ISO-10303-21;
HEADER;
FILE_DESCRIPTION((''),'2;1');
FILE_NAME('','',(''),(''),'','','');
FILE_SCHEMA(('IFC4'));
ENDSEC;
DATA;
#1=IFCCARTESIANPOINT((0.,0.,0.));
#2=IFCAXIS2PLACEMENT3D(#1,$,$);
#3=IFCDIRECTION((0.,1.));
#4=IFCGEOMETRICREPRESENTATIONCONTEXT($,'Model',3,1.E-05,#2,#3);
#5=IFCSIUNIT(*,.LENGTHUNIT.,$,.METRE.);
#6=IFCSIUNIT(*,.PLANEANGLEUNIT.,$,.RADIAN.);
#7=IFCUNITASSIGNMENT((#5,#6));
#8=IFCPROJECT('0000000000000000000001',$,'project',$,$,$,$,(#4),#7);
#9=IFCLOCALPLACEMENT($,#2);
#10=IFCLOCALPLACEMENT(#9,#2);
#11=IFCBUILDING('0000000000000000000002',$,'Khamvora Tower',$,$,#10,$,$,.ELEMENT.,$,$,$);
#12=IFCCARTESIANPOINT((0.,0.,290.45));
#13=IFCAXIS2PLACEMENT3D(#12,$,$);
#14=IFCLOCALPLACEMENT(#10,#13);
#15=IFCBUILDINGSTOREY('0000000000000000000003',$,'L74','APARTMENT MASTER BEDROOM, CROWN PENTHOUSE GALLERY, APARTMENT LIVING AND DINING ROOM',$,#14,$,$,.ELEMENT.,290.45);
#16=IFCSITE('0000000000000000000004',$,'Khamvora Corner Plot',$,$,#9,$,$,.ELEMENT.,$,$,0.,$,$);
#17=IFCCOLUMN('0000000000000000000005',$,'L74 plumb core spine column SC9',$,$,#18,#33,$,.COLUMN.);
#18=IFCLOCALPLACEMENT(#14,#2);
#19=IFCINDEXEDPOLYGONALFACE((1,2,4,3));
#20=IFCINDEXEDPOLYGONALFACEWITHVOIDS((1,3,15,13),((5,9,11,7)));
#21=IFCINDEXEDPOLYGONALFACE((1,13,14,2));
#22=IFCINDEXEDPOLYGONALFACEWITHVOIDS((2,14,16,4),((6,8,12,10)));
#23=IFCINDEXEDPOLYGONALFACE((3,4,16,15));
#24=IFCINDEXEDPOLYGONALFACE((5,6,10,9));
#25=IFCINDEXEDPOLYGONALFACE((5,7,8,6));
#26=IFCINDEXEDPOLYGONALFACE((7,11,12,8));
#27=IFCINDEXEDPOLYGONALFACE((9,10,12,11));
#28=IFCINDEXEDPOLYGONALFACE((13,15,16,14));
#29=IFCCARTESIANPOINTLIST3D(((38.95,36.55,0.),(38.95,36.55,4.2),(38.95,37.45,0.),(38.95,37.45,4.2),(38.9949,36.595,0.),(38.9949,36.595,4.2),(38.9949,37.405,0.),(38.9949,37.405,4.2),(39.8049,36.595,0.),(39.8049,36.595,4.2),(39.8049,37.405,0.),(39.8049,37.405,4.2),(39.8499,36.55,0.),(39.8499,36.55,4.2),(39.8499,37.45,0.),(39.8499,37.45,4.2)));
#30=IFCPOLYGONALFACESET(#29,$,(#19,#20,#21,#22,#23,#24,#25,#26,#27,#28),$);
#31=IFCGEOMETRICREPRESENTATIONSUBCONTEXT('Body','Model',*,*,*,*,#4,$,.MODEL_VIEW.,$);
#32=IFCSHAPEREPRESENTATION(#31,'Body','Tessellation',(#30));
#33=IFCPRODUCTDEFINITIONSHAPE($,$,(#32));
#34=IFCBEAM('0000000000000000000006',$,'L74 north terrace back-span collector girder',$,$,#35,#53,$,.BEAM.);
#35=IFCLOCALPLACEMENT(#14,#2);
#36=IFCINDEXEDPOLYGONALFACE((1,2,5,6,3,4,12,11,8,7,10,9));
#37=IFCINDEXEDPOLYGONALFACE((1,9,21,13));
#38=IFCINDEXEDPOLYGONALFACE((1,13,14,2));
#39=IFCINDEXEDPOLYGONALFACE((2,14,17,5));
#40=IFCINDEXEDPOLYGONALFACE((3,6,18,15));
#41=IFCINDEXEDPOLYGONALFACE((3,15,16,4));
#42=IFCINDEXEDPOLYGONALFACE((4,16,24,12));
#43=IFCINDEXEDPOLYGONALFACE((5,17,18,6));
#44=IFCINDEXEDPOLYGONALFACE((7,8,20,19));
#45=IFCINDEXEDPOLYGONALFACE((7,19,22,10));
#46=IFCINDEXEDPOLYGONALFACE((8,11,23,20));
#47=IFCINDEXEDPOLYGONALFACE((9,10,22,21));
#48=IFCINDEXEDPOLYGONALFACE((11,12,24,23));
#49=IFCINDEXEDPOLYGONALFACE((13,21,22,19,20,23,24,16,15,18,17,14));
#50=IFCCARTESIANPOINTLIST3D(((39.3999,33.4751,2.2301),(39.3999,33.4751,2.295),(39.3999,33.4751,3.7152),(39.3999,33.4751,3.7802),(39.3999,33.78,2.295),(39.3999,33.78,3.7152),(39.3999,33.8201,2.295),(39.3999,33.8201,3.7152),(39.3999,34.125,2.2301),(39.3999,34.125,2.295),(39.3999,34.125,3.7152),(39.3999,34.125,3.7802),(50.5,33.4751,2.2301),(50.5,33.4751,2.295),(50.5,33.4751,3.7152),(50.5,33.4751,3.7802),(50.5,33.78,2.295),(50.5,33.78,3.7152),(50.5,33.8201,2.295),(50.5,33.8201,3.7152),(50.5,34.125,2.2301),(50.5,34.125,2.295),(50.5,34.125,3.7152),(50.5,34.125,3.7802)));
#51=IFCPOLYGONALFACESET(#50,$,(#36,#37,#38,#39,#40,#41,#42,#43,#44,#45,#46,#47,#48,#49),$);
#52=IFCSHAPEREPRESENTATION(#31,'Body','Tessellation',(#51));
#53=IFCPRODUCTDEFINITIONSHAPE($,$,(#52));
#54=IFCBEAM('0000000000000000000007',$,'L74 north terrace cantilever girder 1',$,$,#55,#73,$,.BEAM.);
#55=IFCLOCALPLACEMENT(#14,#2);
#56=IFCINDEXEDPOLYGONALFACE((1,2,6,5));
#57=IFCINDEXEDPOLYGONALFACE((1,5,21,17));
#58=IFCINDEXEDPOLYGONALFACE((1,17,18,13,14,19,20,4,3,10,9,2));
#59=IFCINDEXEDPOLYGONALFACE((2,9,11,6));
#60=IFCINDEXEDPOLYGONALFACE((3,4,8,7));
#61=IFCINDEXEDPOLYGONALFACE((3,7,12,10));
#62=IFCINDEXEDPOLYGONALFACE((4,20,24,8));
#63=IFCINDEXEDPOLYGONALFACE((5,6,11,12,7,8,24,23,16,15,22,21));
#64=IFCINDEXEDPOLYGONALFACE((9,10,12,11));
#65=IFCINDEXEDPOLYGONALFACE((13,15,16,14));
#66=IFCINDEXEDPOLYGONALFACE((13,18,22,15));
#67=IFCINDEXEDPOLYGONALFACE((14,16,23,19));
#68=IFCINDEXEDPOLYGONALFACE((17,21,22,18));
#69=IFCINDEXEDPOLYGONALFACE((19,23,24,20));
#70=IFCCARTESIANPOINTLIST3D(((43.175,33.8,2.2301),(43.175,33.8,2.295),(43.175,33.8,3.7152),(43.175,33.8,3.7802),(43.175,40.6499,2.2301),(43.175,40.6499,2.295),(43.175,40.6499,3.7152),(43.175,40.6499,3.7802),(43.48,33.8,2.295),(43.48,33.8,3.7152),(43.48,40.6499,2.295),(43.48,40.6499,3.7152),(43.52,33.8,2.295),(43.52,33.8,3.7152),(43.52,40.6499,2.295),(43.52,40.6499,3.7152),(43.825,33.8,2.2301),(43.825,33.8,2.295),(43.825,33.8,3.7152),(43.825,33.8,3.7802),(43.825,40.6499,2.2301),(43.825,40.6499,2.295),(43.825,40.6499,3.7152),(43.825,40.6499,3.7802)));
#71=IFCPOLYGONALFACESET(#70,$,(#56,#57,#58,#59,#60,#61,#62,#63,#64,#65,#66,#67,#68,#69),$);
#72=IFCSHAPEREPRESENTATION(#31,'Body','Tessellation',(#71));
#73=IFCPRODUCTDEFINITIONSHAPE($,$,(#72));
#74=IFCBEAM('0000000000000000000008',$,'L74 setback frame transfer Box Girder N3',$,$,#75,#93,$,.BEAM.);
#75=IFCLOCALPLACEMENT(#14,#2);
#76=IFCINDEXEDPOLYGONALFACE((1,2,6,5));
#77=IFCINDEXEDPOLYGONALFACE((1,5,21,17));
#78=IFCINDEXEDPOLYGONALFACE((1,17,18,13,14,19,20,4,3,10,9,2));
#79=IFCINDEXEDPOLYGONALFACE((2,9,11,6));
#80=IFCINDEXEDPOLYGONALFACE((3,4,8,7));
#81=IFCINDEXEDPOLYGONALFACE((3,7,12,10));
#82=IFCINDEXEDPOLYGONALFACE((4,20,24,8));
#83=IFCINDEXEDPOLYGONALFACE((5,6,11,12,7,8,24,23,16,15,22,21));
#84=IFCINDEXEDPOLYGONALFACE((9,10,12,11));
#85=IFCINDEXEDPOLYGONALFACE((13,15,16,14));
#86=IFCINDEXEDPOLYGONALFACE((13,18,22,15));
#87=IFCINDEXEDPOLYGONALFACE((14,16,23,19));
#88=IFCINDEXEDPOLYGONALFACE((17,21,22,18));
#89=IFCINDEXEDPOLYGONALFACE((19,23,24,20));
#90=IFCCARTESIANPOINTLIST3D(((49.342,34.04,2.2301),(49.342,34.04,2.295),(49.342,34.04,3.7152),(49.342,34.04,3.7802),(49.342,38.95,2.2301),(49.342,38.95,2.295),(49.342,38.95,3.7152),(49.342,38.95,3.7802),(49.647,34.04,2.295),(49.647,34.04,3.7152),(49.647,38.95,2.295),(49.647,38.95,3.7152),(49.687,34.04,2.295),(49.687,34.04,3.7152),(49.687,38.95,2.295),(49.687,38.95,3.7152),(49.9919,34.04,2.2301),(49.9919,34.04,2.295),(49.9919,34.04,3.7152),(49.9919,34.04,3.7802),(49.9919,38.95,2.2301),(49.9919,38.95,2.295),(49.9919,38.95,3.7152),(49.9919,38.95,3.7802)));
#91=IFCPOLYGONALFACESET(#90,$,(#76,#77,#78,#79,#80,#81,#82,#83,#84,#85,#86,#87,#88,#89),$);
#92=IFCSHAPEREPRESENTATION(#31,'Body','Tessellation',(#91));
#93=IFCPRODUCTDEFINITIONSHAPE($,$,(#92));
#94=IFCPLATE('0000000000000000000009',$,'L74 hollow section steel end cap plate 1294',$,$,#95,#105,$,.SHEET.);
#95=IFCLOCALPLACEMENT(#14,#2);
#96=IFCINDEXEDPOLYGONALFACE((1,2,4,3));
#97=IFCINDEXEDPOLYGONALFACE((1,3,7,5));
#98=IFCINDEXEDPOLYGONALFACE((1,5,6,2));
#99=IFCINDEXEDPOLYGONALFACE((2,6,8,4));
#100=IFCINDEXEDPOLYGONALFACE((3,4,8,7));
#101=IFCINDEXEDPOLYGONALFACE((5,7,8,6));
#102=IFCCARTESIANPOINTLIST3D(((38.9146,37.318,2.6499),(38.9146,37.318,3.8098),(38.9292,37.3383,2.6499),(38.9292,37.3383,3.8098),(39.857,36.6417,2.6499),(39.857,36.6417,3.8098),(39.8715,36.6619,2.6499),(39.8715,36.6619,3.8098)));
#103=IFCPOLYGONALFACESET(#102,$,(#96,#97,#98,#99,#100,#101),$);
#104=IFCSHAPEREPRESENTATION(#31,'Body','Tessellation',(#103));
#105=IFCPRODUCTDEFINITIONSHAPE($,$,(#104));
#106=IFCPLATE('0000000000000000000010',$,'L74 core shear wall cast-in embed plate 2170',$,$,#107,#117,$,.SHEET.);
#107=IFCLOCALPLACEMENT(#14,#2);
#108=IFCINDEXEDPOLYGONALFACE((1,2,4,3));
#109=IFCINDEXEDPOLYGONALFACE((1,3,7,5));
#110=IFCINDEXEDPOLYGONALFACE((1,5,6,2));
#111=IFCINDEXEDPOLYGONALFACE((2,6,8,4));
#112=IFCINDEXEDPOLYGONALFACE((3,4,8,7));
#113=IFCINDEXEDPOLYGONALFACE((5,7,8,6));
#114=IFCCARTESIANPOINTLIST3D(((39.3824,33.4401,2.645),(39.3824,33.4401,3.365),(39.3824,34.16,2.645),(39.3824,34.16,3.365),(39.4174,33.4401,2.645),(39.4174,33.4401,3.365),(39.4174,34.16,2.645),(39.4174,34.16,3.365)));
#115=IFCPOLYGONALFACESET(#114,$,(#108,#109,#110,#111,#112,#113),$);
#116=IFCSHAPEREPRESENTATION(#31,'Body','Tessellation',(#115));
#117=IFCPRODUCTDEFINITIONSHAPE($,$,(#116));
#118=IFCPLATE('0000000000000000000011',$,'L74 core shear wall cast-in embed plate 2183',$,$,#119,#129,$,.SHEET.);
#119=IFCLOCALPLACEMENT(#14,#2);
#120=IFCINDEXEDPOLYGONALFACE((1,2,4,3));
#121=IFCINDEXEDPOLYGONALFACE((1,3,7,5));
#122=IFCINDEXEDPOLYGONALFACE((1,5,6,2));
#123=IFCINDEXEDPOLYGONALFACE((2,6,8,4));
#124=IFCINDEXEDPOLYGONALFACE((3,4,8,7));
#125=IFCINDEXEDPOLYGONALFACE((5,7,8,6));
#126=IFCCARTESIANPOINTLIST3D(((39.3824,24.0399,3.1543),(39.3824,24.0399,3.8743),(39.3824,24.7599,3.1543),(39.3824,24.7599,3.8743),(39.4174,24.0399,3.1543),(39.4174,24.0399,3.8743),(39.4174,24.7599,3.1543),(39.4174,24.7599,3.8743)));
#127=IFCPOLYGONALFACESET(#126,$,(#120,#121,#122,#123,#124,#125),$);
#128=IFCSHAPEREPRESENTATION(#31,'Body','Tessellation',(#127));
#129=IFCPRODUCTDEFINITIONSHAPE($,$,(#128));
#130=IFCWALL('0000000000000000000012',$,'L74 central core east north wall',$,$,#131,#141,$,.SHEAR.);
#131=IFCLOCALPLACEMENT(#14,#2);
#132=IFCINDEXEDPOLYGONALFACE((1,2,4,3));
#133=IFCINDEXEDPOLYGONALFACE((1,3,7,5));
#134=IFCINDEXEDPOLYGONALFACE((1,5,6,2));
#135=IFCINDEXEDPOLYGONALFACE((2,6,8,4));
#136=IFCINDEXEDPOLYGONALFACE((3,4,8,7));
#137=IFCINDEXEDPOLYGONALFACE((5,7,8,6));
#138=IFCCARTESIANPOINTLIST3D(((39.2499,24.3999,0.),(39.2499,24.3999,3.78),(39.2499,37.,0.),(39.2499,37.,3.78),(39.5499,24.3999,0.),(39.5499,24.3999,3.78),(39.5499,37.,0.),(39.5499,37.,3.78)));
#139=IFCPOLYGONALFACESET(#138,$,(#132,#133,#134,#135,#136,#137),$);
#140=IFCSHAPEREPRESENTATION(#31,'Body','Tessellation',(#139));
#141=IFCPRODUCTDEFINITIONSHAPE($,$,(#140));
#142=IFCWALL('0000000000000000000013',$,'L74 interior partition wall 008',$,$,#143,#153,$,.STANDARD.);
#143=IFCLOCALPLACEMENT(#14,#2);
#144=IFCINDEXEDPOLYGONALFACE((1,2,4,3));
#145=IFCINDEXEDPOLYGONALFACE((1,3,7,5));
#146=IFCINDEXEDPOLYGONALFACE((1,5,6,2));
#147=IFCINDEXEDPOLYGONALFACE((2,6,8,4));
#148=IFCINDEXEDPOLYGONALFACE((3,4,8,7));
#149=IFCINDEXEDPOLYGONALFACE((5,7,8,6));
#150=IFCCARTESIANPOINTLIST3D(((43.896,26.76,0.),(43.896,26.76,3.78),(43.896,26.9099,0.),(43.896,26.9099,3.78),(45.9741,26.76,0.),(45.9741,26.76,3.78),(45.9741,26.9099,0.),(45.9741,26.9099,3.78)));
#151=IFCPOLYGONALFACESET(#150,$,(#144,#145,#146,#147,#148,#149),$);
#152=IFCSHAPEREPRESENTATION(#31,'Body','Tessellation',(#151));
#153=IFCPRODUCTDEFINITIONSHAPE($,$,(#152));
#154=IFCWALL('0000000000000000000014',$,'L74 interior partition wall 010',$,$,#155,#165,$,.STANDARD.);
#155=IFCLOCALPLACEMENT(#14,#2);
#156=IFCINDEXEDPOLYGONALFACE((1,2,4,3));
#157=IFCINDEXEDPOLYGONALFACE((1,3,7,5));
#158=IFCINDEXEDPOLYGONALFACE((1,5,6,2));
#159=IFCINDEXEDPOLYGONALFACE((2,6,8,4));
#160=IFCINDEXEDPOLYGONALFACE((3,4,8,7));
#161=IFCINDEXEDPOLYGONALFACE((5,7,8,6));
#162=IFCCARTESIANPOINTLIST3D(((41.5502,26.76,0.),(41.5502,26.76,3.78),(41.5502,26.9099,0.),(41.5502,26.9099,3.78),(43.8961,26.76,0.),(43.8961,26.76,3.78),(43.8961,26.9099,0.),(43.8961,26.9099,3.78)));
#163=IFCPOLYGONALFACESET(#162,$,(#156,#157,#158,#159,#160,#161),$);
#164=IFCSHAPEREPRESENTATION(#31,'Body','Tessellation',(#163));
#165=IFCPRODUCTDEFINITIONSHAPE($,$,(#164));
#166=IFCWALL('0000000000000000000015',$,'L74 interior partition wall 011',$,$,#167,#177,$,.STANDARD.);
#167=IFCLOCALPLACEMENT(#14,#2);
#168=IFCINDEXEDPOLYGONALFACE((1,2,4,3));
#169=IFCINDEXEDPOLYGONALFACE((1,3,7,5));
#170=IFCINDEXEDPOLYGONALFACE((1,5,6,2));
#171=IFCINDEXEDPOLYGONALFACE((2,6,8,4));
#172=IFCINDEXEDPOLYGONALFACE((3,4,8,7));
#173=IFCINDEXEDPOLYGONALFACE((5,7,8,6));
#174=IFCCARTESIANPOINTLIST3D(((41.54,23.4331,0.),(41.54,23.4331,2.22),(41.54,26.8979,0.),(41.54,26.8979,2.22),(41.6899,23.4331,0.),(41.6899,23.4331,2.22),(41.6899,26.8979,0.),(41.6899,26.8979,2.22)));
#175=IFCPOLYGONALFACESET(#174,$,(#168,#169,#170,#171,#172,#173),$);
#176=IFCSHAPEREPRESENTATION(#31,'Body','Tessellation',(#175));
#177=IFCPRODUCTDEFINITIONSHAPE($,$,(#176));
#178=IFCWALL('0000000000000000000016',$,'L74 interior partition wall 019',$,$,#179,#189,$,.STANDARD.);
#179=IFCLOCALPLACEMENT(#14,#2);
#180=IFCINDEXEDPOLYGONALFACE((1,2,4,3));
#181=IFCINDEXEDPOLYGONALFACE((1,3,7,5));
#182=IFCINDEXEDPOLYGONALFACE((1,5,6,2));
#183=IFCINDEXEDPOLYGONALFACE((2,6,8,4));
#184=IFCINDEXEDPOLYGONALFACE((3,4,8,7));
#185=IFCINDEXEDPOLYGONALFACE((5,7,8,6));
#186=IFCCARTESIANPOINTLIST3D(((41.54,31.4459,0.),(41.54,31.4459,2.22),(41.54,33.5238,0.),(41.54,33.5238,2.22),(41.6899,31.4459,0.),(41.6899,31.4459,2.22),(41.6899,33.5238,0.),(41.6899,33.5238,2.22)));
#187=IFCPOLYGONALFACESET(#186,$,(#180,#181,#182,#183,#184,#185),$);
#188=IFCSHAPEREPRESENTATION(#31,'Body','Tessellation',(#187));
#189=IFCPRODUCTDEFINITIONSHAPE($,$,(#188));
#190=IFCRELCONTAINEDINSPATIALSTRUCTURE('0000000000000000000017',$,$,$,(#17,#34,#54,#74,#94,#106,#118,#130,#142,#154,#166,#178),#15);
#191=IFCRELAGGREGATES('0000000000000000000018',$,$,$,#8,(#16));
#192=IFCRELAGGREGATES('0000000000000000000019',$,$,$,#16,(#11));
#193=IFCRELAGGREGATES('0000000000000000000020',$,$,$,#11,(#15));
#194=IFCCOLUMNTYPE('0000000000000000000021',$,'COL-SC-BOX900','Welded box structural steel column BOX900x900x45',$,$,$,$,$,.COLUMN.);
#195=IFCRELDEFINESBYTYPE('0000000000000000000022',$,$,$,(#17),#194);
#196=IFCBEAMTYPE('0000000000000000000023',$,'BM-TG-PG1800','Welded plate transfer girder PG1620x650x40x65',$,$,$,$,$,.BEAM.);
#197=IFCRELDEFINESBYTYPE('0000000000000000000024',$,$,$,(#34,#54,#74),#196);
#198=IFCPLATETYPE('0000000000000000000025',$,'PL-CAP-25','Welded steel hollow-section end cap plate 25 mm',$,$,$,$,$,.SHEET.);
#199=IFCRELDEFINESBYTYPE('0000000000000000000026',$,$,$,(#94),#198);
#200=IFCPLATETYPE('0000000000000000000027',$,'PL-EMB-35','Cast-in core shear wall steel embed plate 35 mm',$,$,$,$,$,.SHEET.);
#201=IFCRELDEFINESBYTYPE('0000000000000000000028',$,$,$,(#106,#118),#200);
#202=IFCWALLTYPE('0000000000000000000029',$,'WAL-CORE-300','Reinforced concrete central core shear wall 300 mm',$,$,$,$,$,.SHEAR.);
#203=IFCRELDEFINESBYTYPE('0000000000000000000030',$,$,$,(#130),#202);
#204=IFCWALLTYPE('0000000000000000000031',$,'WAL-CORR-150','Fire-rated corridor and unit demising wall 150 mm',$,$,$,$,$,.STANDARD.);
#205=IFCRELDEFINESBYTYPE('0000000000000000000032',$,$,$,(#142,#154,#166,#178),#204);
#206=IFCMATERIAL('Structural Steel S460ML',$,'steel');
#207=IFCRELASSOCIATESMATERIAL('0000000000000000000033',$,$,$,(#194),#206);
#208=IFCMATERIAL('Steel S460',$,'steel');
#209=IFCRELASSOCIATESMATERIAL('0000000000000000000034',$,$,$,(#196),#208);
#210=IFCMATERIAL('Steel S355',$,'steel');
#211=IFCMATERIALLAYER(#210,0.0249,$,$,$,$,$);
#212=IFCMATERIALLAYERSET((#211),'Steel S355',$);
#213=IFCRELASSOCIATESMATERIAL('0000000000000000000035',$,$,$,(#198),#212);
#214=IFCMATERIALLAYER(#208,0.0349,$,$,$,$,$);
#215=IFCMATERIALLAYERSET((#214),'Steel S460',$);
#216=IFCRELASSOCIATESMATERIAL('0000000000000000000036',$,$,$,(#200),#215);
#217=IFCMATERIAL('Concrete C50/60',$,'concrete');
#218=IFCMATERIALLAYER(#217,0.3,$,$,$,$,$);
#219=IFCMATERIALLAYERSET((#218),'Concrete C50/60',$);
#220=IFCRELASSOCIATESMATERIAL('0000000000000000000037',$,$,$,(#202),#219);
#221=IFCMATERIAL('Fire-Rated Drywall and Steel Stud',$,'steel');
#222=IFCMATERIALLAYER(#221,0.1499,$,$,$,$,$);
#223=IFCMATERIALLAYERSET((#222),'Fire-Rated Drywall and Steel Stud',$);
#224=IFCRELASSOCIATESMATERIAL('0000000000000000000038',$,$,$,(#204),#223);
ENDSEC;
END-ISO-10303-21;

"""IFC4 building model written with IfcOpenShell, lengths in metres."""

from ifc_helpers import new_model, si_unit, direction, frame, frame_2d, origin, origin_2d, place, context, subcontext, project, spatial, rectangle, hollow_rectangle, i_section, extrude, material, layer, layer_set, material_profile, profile_set, type_object, element, save


model = new_model("IFC4")

# Units and contexts
model_context = context("Model", 3, precision=1e-05, world=origin(), true_north=direction((0.0, 1.0)))
body_context = subcontext(model_context, "Body", "Model", "MODEL_VIEW")
ifc_project = project(units=[si_unit("LENGTHUNIT", "METRE"), si_unit("PLANEANGLEUNIT", "RADIAN")], contexts=[model_context])

# Site, building, storey
site_placement = place(None, origin())
site = spatial("IfcSite", under=ifc_project, at=site_placement, Name="Khamvora Corner Plot", CompositionType="ELEMENT", RefElevation=0.0)
building_placement = place(site_placement, origin())
building = spatial("IfcBuilding", under=site, at=building_placement, Name="Khamvora Tower", CompositionType="ELEMENT")
storey_placement = place(building_placement, frame((0.0, 0.0, 290.45)))
storey = spatial("IfcBuildingStorey", under=building, at=storey_placement, Name="L74", Description="APARTMENT MASTER BEDROOM, CROWN PENTHOUSE GALLERY, APARTMENT LIVING AND DINING ROOM", CompositionType="ELEMENT", Elevation=290.45)

# Column
ifc_material_1 = material(Name="Structural Steel S460ML", Category="steel")
ifc_material_profile_1 = material_profile(ifc_material_1, hollow_rectangle(XDim=0.8999, YDim=0.8999, WallThickness=0.0449, at=origin_2d()), Name="BOX900x900x45")
ifc_profile_set_1 = profile_set([ifc_material_profile_1], Name="Structural Steel S460ML")
column_type = type_object("IfcColumnType", Name="COL-SC-BOX900", Description="Welded box structural steel column BOX900x900x45", PredefinedType="COLUMN", material=ifc_profile_set_1)
column_placement = place(storey_placement, frame((39.3999, 37.0, 0.0), z_axis=(0.0, 0.0, 1.0), x_axis=(1.0, 0.0, 0.0)))
element("IfcColumn", 1, at=column_placement, inside=storey, type_object=column_type, Name="L74 plumb core spine column SC9", PredefinedType="COLUMN", context=body_context, shape_type="SweptSolid", body=[
    extrude(hollow_rectangle(XDim=0.8999, YDim=0.8999, WallThickness=0.0449, at=origin_2d()), origin(), (0.0, 0.0, 1.0), 4.2),
])

# Beams
ifc_material_2 = material(Name="Steel S460", Category="steel")
ifc_material_profile_2 = material_profile(ifc_material_2, i_section(OverallWidth=0.6499, OverallDepth=1.55, WebThickness=0.04, FlangeThickness=0.0649, at=origin_2d()), Name="PG1550x650x40x65")
ifc_profile_set_2 = profile_set([ifc_material_profile_2], Name="Steel S460")
beam_type = type_object("IfcBeamType", Name="BM-TG-PG1800", Description="Welded plate transfer girder PG1620x650x40x65", PredefinedType="BEAM", material=ifc_profile_set_2)
beam_1_placement = place(storey_placement, frame((39.3999, 33.8, 3.0051), z_axis=(1.0, 0.0, 0.0), x_axis=(0.0, 1.0, 0.0)))
element("IfcBeam", 2, at=beam_1_placement, inside=storey, type_object=beam_type, Name="L74 north terrace back-span collector girder", PredefinedType="BEAM", context=body_context, shape_type="SweptSolid", body=[
    extrude(i_section(OverallWidth=0.6499, OverallDepth=1.55, WebThickness=0.04, FlangeThickness=0.0649, at=origin_2d()), origin(), (0.0, 0.0, 1.0), 11.1001),
])
beam_2_placement = place(storey_placement, frame((43.5, 33.8, 3.0051), z_axis=(0.0, 1.0, 0.0), x_axis=(-1.0, 0.0, 0.0)))
element("IfcBeam", 3, at=beam_2_placement, inside=storey, type_object=beam_type, Name="L74 north terrace cantilever girder 1", PredefinedType="BEAM", context=body_context, shape_type="SweptSolid", body=[
    extrude(i_section(OverallWidth=0.6499, OverallDepth=1.55, WebThickness=0.04, FlangeThickness=0.0649, at=origin_2d()), origin(), (0.0, 0.0, 1.0), 6.8499),
])
beam_3_placement = place(storey_placement, frame((49.667, 34.04, 3.0051), z_axis=(0.0, 1.0, 0.0), x_axis=(-1.0, 0.0, 0.0)))
element("IfcBeam", 4, at=beam_3_placement, inside=storey, type_object=beam_type, Name="L74 setback frame transfer Box Girder N3", PredefinedType="BEAM", context=body_context, shape_type="SweptSolid", body=[
    extrude(i_section(OverallWidth=0.6499, OverallDepth=1.55, WebThickness=0.04, FlangeThickness=0.0649, at=origin_2d()), origin(), (0.0, 0.0, 1.0), 4.9099),
])

# Plates
ifc_material_3 = material(Name="Steel S355", Category="steel")
ifc_layer_1 = layer(ifc_material_3, 0.0249)
ifc_layer_set_1 = layer_set([ifc_layer_1], Name="Steel S355")
plate_type_1 = type_object("IfcPlateType", Name="PL-CAP-25", Description="Welded steel hollow-section end cap plate 25 mm", PredefinedType="SHEET", material=ifc_layer_set_1)
plate_placement = place(storey_placement, frame((39.3931, 36.99, 2.6499), z_axis=(0.0, 0.0, 1.0), x_axis=(0.583073, 0.812419, 0.0)))
element("IfcPlate", 5, at=plate_placement, inside=storey, type_object=plate_type_1, Name="L74 hollow section steel end cap plate 1294", PredefinedType="SHEET", context=body_context, shape_type="SweptSolid", body=[
    extrude(rectangle(XDim=0.0249, YDim=1.1599, at=origin_2d()), origin(), (0.0, 0.0, 1.0), 1.1599),
])
ifc_layer_2 = layer(ifc_material_2, 0.0349)
ifc_layer_set_2 = layer_set([ifc_layer_2], Name="Steel S460")
plate_type_2 = type_object("IfcPlateType", Name="PL-EMB-35", Description="Cast-in core shear wall steel embed plate 35 mm", PredefinedType="SHEET", material=ifc_layer_set_2)
for number, where, z_axis, x_axis, name in (
    (6, (39.3999, 33.8, 2.645), (0.0, 0.0, 1.0), (1.0, 0.0, 0.0), "L74 core shear wall cast-in embed plate 2170"),
    (7, (39.3999, 24.3999, 3.1543), (0.0, 0.0, 1.0), (1.0, 0.0, 0.0), "L74 core shear wall cast-in embed plate 2183"),
):
    element("IfcPlate", number, at=place(storey_placement, frame(where, z_axis=z_axis, x_axis=x_axis)), inside=storey, type_object=plate_type_2, Name=name, PredefinedType="SHEET", context=body_context, shape_type="SweptSolid", body=[
        extrude(rectangle(XDim=0.0349, YDim=0.72, at=origin_2d()), origin(), (0.0, 0.0, 1.0), 0.72),
    ])

# Walls
ifc_material_4 = material(Name="Concrete C50/60", Category="concrete")
ifc_layer_3 = layer(ifc_material_4, 0.3)
ifc_layer_set_3 = layer_set([ifc_layer_3], Name="Concrete C50/60")
wall_type_1 = type_object("IfcWallType", Name="WAL-CORE-300", Description="Reinforced concrete central core shear wall 300 mm", PredefinedType="SHEAR", material=ifc_layer_set_3)
wall_1_placement = place(storey_placement, frame((39.3999, 24.3999, 0.0), z_axis=(0.0, 0.0, 1.0), x_axis=(0.0, 1.0, 0.0)))
element("IfcWall", 8, at=wall_1_placement, inside=storey, type_object=wall_type_1, Name="L74 central core east north wall", PredefinedType="SHEAR", context=body_context, shape_type="SweptSolid", body=[
    extrude(rectangle(XDim=12.6001, YDim=0.3, at=frame_2d((6.3, 0.0))), origin(), (0.0, 0.0, 1.0), 3.78),
])
ifc_material_5 = material(Name="Fire-Rated Drywall and Steel Stud", Category="steel")
ifc_layer_4 = layer(ifc_material_5, 0.1499)
ifc_layer_set_4 = layer_set([ifc_layer_4], Name="Fire-Rated Drywall and Steel Stud")
wall_type_2 = type_object("IfcWallType", Name="WAL-CORR-150", Description="Fire-rated corridor and unit demising wall 150 mm", PredefinedType="STANDARD", material=ifc_layer_set_4)
wall_2_placement = place(storey_placement, frame((45.9741, 26.835, 0.0), z_axis=(0.0, 0.0, 1.0), x_axis=(-1.0, 0.0, 0.0)))
element("IfcWall", 9, at=wall_2_placement, inside=storey, type_object=wall_type_2, Name="L74 interior partition wall 008", PredefinedType="STANDARD", context=body_context, shape_type="SweptSolid", body=[
    extrude(rectangle(XDim=2.0781, YDim=0.1499, at=frame_2d((1.0391, 0.0))), origin(), (0.0, 0.0, 1.0), 3.78),
])
wall_3_placement = place(storey_placement, frame((43.896, 26.835, 0.0), z_axis=(0.0, 0.0, 1.0), x_axis=(-1.0, 0.0, 0.0)))
element("IfcWall", 10, at=wall_3_placement, inside=storey, type_object=wall_type_2, Name="L74 interior partition wall 010", PredefinedType="STANDARD", context=body_context, shape_type="SweptSolid", body=[
    extrude(rectangle(XDim=2.3459, YDim=0.1499, at=frame_2d((1.1729, 0.0))), origin(), (0.0, 0.0, 1.0), 3.78),
])
wall_4_placement = place(storey_placement, frame((41.615, 26.8979, 0.0), z_axis=(0.0, 0.0, 1.0), x_axis=(0.0, -1.0, 0.0)))
element("IfcWall", 11, at=wall_4_placement, inside=storey, type_object=wall_type_2, Name="L74 interior partition wall 011", PredefinedType="STANDARD", context=body_context, shape_type="SweptSolid", body=[
    extrude(rectangle(XDim=3.4648, YDim=0.1499, at=frame_2d((1.7324, 0.0))), origin(), (0.0, 0.0, 1.0), 2.22),
])

# Wall
wall_5_placement = place(storey_placement, frame((41.615, 33.5239, 0.0), z_axis=(0.0, 0.0, 1.0), x_axis=(0.0, -1.0, 0.0)))
element("IfcWall", 12, at=wall_5_placement, inside=storey, type_object=wall_type_2, Name="L74 interior partition wall 019", PredefinedType="STANDARD", context=body_context, shape_type="SweptSolid", body=[
    extrude(rectangle(XDim=2.0779, YDim=0.1499, at=frame_2d((1.0391, 0.0))), origin(), (0.0, 0.0, 1.0), 2.22),
])

save(model, "model.ifc")
